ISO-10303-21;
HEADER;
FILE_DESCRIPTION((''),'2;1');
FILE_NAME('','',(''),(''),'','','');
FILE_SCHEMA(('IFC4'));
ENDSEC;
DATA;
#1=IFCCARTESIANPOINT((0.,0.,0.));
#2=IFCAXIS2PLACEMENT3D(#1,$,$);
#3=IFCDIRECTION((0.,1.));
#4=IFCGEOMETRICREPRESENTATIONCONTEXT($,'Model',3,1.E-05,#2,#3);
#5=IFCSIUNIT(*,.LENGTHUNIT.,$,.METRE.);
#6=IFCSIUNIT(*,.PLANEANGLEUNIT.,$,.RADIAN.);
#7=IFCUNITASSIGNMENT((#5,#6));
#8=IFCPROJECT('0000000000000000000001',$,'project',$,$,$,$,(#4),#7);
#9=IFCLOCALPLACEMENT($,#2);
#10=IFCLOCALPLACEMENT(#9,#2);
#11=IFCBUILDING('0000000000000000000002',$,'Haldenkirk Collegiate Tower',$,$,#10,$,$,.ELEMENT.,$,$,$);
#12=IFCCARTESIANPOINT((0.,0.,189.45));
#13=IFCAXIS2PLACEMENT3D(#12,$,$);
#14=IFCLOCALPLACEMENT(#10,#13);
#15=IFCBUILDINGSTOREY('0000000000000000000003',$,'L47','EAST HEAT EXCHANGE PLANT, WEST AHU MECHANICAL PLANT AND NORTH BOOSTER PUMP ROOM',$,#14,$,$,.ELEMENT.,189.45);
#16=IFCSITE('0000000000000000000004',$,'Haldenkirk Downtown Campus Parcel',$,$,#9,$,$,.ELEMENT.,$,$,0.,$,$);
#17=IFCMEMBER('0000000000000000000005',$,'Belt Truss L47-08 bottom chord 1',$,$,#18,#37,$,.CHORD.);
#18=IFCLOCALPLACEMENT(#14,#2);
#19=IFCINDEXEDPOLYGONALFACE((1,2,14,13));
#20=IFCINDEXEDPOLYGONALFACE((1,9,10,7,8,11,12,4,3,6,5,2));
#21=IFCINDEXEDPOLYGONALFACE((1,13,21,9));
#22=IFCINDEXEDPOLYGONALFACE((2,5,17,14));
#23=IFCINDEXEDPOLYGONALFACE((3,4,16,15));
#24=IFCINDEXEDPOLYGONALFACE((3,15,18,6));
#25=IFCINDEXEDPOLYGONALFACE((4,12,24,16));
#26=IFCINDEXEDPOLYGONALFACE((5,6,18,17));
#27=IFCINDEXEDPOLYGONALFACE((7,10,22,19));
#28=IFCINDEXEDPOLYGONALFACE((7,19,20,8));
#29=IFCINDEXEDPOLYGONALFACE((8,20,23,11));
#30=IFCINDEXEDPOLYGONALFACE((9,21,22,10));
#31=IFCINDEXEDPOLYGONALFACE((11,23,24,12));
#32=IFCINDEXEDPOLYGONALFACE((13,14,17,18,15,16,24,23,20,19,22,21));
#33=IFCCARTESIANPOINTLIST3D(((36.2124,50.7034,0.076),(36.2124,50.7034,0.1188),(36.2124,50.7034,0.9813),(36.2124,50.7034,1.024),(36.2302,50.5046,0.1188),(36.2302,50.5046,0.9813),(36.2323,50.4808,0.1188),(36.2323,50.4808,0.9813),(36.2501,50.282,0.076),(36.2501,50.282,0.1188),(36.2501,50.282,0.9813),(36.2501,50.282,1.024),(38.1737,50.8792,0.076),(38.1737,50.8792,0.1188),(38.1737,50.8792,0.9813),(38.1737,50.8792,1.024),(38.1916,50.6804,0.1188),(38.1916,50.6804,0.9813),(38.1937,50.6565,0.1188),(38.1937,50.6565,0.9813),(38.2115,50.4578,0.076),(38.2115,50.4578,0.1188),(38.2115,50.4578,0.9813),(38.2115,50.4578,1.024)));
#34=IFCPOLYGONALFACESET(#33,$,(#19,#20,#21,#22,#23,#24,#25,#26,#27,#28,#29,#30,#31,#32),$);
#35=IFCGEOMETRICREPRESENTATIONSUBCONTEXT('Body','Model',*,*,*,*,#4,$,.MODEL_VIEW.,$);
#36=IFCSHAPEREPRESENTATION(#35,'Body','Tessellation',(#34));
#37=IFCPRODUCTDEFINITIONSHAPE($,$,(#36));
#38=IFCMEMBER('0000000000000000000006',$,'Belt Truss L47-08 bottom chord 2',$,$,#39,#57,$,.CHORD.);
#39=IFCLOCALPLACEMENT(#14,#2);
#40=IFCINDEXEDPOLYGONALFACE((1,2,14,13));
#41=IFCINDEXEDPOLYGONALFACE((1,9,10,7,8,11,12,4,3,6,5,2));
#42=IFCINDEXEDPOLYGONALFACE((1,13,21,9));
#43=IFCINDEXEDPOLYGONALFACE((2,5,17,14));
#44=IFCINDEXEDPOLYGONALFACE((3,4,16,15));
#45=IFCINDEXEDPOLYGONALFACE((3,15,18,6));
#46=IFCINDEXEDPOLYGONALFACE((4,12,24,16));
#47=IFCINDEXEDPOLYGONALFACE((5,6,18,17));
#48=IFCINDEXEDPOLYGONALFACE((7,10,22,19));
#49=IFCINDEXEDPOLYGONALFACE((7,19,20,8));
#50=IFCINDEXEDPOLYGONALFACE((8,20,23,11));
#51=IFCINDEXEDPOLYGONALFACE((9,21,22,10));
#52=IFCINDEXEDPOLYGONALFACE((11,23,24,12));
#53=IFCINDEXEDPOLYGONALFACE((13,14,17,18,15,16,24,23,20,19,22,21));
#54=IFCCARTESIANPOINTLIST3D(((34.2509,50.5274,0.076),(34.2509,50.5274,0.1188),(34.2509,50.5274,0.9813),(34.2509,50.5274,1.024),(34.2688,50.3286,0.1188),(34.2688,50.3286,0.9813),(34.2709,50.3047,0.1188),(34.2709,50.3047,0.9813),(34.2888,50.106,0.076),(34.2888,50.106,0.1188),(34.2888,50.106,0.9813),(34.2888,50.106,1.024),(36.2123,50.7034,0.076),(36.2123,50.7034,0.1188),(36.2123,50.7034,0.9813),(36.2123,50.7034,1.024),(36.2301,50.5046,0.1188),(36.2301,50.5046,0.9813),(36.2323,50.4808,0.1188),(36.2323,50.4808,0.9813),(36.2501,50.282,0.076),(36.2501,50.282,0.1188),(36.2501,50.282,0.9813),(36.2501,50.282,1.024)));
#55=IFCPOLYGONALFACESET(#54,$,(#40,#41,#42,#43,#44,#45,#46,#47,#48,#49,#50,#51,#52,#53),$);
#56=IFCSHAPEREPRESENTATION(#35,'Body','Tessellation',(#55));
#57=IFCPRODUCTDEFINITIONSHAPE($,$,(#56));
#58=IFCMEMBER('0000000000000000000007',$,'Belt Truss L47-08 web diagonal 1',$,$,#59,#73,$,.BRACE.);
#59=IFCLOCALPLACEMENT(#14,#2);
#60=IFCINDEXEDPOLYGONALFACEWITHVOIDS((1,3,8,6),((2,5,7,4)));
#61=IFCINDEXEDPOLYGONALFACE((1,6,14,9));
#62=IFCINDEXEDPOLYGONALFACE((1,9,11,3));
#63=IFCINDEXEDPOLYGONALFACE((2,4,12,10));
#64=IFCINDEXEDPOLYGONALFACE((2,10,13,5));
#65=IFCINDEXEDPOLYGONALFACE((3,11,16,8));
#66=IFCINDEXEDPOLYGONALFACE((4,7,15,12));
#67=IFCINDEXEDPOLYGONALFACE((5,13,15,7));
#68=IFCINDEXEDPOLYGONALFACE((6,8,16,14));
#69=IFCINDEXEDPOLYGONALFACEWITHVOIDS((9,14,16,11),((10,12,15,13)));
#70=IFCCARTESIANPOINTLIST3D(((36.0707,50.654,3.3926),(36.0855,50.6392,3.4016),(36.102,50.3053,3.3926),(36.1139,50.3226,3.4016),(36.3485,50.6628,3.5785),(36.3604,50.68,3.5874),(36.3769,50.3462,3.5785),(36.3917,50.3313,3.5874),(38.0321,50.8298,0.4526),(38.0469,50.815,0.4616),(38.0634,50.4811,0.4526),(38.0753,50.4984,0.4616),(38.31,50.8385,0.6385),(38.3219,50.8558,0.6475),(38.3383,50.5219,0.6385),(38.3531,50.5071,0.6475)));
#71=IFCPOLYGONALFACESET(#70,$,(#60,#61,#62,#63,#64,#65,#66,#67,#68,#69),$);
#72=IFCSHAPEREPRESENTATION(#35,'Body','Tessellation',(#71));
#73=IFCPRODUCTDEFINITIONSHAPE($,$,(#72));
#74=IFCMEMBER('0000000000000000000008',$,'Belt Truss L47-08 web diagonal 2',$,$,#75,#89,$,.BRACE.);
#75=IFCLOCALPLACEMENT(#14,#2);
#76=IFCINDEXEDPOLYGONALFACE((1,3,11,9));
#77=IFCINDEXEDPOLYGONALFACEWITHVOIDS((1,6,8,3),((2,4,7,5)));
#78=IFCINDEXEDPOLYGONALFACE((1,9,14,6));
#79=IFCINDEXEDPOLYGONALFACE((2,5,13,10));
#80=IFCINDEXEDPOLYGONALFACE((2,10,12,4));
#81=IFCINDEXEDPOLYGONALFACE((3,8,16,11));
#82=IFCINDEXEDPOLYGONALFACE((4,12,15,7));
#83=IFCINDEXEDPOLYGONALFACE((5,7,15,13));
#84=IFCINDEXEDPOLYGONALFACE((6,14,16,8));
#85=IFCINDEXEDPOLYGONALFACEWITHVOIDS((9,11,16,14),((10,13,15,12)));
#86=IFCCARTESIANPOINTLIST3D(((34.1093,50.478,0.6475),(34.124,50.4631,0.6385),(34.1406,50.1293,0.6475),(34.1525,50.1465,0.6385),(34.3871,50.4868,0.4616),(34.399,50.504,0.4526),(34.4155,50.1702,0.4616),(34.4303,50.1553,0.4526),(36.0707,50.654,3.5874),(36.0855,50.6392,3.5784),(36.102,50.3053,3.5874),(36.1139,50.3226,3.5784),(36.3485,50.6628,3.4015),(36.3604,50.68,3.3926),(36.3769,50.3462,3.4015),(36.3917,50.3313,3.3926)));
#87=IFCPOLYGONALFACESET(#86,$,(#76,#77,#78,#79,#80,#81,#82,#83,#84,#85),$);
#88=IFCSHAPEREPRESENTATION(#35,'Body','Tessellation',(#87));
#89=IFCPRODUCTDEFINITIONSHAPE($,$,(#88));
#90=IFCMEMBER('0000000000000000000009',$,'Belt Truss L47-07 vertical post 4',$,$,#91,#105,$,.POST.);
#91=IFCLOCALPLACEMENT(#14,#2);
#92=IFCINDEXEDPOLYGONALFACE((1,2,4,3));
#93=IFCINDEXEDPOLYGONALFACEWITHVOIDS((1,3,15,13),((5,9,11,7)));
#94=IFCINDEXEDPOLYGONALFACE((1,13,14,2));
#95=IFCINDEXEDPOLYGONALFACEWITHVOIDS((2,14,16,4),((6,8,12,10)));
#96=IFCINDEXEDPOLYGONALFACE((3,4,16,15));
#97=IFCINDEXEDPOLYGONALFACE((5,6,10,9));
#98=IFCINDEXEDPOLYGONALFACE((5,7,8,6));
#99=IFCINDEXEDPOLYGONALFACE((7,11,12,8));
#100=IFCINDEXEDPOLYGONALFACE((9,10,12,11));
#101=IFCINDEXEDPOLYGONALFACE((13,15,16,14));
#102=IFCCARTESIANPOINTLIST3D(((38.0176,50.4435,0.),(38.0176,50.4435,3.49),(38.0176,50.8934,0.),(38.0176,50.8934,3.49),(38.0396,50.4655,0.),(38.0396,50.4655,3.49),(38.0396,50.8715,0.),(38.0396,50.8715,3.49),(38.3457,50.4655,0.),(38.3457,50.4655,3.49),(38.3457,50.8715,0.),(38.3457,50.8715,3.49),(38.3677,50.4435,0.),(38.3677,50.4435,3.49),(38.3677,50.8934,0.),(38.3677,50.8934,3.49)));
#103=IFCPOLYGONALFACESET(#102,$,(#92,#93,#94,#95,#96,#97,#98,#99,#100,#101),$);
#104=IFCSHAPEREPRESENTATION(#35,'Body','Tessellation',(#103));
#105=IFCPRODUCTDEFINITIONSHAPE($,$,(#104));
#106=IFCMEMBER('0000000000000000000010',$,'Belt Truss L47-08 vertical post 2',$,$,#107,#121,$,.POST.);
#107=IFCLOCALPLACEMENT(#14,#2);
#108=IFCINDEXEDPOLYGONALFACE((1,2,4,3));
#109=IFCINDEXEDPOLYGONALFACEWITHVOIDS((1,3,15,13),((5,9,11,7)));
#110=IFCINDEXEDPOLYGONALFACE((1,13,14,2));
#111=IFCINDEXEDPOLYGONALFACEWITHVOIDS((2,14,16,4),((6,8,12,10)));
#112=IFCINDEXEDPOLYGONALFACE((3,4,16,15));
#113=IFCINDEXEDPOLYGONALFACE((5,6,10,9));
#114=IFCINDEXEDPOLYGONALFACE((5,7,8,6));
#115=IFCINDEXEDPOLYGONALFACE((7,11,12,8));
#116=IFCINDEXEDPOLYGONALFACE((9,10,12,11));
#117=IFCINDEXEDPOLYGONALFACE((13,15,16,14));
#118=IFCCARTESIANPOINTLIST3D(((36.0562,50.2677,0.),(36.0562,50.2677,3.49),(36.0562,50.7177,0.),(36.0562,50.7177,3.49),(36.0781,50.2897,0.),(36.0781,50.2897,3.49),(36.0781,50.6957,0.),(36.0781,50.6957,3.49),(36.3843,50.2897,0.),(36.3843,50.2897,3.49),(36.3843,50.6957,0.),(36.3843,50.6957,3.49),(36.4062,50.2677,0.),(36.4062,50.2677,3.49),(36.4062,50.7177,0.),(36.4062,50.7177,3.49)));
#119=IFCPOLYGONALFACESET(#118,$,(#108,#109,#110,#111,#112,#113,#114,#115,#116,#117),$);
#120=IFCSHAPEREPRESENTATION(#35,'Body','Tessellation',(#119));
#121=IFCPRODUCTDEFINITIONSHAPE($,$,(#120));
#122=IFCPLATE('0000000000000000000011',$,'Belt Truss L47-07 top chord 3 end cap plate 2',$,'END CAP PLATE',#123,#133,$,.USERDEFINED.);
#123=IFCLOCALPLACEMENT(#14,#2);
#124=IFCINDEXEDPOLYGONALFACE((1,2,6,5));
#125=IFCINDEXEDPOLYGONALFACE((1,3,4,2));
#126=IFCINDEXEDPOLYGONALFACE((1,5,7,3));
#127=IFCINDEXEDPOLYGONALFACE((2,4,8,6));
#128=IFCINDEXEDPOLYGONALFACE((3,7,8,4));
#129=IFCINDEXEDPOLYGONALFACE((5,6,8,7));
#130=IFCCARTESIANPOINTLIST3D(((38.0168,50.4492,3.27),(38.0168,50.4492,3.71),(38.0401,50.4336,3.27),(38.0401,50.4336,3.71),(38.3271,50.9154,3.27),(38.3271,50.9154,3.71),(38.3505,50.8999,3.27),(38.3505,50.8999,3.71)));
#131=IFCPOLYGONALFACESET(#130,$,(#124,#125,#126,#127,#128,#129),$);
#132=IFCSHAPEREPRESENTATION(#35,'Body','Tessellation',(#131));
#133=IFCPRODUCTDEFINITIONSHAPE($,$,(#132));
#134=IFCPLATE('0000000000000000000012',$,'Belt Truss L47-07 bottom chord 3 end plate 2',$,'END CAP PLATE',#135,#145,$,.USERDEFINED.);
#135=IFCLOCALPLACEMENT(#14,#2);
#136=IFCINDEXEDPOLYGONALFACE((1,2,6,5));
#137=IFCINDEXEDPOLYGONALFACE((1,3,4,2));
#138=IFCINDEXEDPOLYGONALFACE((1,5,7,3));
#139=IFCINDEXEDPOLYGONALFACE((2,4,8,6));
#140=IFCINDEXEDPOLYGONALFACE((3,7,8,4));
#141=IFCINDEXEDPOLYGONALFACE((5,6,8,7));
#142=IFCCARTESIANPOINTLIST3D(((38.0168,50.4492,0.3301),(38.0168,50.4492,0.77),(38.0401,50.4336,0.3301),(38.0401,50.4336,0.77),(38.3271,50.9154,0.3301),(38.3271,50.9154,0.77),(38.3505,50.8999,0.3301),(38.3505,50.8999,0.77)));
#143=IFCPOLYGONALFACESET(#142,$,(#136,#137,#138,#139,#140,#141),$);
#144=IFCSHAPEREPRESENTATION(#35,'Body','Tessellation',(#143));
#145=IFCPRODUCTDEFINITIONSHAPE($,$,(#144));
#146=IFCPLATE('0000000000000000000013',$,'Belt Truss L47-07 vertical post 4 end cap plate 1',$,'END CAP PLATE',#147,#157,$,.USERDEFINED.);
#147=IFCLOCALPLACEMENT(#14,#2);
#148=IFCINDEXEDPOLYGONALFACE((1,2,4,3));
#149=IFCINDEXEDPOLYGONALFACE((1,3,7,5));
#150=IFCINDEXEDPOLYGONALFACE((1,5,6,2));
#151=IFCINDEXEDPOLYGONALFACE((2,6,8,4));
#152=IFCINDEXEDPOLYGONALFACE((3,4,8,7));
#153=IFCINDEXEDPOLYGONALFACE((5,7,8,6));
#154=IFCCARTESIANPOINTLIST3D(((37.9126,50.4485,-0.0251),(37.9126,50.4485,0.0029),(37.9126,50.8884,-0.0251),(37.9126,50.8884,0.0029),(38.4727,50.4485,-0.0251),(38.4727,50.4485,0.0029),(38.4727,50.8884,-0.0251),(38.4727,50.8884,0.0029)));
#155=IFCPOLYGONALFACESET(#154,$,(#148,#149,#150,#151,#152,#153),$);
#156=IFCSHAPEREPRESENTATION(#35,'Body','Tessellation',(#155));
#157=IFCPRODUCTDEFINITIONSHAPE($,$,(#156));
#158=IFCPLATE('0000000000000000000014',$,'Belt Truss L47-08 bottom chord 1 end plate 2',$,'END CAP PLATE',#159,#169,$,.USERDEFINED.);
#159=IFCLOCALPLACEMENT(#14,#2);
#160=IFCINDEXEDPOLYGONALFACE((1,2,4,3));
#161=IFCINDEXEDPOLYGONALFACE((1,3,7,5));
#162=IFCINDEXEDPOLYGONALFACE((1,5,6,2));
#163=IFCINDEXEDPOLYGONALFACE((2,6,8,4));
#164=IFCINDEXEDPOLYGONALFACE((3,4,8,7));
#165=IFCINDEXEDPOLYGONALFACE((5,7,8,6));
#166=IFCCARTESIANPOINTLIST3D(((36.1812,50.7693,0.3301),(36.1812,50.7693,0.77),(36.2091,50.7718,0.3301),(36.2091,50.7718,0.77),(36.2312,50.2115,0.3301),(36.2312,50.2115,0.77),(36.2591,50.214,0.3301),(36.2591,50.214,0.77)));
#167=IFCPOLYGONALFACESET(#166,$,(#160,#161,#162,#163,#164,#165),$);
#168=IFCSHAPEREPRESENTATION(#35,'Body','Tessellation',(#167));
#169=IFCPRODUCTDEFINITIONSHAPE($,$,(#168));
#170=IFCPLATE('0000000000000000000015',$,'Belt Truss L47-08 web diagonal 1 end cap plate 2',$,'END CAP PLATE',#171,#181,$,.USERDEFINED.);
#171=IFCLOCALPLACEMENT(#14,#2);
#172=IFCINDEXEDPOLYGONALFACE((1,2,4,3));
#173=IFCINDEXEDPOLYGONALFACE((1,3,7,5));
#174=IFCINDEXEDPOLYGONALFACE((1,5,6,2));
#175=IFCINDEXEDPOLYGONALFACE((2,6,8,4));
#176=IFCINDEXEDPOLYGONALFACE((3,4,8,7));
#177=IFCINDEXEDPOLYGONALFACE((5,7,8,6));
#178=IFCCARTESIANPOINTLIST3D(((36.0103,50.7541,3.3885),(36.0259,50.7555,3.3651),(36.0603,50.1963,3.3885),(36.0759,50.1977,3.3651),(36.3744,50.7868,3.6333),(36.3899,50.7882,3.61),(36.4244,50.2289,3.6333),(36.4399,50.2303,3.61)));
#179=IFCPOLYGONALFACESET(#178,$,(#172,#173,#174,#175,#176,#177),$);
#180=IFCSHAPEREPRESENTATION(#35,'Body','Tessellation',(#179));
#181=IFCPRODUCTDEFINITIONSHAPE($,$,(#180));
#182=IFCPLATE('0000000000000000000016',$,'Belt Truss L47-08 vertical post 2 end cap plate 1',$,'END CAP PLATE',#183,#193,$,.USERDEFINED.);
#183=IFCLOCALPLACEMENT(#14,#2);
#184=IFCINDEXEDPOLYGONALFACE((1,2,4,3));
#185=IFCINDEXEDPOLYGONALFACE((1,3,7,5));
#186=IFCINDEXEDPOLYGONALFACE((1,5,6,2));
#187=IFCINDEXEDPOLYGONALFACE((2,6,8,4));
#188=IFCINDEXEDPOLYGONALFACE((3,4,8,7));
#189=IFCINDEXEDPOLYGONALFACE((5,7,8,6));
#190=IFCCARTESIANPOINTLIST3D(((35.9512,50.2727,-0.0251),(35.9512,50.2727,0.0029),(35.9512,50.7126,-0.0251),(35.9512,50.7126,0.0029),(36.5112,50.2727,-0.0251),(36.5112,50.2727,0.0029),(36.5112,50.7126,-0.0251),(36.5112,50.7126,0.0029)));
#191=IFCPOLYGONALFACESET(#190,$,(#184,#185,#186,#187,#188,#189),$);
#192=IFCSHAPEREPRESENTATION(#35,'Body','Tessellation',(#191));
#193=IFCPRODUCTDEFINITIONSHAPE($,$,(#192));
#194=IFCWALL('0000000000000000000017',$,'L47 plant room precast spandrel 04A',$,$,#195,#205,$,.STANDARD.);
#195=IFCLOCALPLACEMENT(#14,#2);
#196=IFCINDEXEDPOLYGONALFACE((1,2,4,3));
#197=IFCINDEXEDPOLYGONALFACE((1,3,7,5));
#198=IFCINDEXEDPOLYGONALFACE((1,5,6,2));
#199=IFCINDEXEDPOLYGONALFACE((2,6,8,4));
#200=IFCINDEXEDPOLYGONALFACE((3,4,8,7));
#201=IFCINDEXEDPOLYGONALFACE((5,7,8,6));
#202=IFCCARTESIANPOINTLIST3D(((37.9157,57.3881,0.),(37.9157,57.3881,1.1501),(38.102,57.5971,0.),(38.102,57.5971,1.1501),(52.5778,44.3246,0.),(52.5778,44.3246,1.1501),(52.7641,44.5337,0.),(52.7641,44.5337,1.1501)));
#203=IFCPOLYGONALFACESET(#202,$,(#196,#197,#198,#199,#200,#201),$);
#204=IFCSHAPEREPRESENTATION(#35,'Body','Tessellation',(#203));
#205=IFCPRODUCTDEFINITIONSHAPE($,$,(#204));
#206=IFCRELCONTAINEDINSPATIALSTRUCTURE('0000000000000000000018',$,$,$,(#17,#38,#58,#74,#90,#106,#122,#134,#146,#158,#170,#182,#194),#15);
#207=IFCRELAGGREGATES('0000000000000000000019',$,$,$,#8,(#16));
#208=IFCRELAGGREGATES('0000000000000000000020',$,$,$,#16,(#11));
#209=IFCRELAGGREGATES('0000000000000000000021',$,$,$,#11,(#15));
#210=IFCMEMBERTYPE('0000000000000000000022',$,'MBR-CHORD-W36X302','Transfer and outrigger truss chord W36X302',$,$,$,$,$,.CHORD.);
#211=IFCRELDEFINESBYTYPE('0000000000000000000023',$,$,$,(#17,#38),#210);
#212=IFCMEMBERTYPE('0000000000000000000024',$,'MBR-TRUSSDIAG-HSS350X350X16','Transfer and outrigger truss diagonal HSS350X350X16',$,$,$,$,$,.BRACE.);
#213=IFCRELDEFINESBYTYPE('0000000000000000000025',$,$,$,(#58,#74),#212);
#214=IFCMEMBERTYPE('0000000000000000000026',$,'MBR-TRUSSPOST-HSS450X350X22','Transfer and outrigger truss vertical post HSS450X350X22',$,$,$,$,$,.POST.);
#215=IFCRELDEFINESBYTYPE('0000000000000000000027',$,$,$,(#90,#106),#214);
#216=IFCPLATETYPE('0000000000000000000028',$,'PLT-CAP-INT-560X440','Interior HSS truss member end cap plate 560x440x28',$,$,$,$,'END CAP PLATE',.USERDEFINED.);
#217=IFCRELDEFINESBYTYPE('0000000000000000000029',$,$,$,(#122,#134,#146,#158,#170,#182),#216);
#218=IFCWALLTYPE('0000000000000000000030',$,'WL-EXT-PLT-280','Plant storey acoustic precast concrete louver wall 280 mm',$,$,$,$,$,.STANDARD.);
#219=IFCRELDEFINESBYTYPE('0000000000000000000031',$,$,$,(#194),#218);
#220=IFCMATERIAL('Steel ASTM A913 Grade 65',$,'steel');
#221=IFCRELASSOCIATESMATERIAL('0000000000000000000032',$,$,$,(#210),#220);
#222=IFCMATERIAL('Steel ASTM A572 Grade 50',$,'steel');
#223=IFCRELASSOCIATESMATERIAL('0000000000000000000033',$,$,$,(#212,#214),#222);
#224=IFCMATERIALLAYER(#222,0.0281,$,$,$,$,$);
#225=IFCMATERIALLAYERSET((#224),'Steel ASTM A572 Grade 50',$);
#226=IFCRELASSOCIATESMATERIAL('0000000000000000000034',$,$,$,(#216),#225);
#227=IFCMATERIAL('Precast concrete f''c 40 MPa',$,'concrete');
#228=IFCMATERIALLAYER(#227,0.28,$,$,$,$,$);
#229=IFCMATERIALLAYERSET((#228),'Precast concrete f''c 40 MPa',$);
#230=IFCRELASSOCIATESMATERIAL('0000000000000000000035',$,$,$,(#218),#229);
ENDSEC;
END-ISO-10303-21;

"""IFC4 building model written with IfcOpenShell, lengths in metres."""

from ifc_helpers import new_model, si_unit, direction, frame, frame_2d, origin, origin_2d, place, context, subcontext, project, spatial, rectangle, hollow_rectangle, i_section, extrude, source, transform, mapped, material, layer, layer_set, material_profile, profile_set, type_object, element, save


model = new_model("IFC4")

# Units and contexts
model_context = context("Model", 3, precision=1e-05, world=origin(), true_north=direction((0.0, 1.0)))
body_context = subcontext(model_context, "Body", "Model", "MODEL_VIEW")
ifc_project = project(units=[si_unit("LENGTHUNIT", "METRE"), si_unit("PLANEANGLEUNIT", "RADIAN")], contexts=[model_context])

# Site, building, storey
site_placement = place(None, origin())
site = spatial("IfcSite", under=ifc_project, at=site_placement, Name="Haldenkirk Downtown Campus Parcel", CompositionType="ELEMENT", RefElevation=0.0)
building_placement = place(site_placement, origin())
building = spatial("IfcBuilding", under=site, at=building_placement, Name="Haldenkirk Collegiate Tower", CompositionType="ELEMENT")
storey_placement = place(building_placement, frame((0.0, 0.0, 189.45)))
storey = spatial("IfcBuildingStorey", under=building, at=storey_placement, Name="L47", Description="EAST HEAT EXCHANGE PLANT, WEST AHU MECHANICAL PLANT AND NORTH BOOSTER PUMP ROOM", CompositionType="ELEMENT", Elevation=189.45)

# Shared definitions
ifc_material_1 = material(Name="Steel ASTM A913 Grade 65", Category="steel")
ifc_material_2 = material(Name="Steel ASTM A572 Grade 50", Category="steel")

# Members
ifc_material_profile_1 = material_profile(ifc_material_1, i_section(OverallWidth=0.4231, OverallDepth=0.948, WebThickness=0.0239, FlangeThickness=0.0427, at=origin_2d()), Name="W36X302")
ifc_profile_set_1 = profile_set([ifc_material_profile_1], Name="Steel ASTM A913 Grade 65")
member_type_1 = type_object("IfcMemberType", Name="MBR-CHORD-W36X302", Description="Transfer and outrigger truss chord W36X302", PredefinedType="CHORD", material=ifc_profile_set_1)
for number, where, z_axis, x_axis, name in (
    (1, (38.1926, 50.6685, 0.55), (-0.996008, -0.089261, 0.0), (0.089261, -0.996008, 0.0), "Belt Truss L47-08 bottom chord 1"),
    (2, (36.2312, 50.4927, 0.55), (-0.995997, -0.089384, 0.0), (0.089384, -0.995997, 0.0), "Belt Truss L47-08 bottom chord 2"),
):
    element("IfcMember", number, at=place(storey_placement, frame(where, z_axis=z_axis, x_axis=x_axis)), inside=storey, type_object=member_type_1, Name=name, PredefinedType="CHORD", context=body_context, shape_type="SweptSolid", body=[
        extrude(i_section(OverallWidth=0.4231, OverallDepth=0.948, WebThickness=0.0239, FlangeThickness=0.0427, at=origin_2d()), origin(), (0.0, 0.0, 1.0), 1.9692),
    ])
ifc_material_profile_2 = material_profile(ifc_material_2, hollow_rectangle(XDim=0.3501, YDim=0.3501, WallThickness=0.0161, at=origin_2d()), Name="HSS350X350X16")
ifc_profile_set_2 = profile_set([ifc_material_profile_2], Name="Steel ASTM A572 Grade 50")
member_type_2 = type_object("IfcMemberType", Name="MBR-TRUSSDIAG-HSS350X350X16", Description="Transfer and outrigger truss diagonal HSS350X350X16", PredefinedType="BRACE", material=ifc_profile_set_2)
for number, where, z_axis, x_axis, name in (
    (3, (38.1926, 50.6685, 0.55), (-0.554302, -0.049676, 0.830832), (0.089261, -0.996008, 0.0), "Belt Truss L47-08 web diagonal 1"),
    (4, (36.2312, 50.4927, 3.49), (-0.5543, -0.049745, -0.830829), (0.089384, -0.995997, 0.0), "Belt Truss L47-08 web diagonal 2"),
):
    element("IfcMember", number, at=place(storey_placement, frame(where, z_axis=z_axis, x_axis=x_axis)), inside=storey, type_object=member_type_2, Name=name, PredefinedType="BRACE", context=body_context, shape_type="SweptSolid", body=[
        extrude(hollow_rectangle(XDim=0.3501, YDim=0.3501, WallThickness=0.0161, at=origin_2d()), origin(), (0.0, 0.0, 1.0), 3.5386),
    ])
ifc_material_profile_3 = material_profile(ifc_material_2, hollow_rectangle(XDim=0.3501, YDim=0.45, WallThickness=0.022, at=origin_2d()), Name="HSS450X350X22")
ifc_profile_set_3 = profile_set([ifc_material_profile_3], Name="Steel ASTM A572 Grade 50")
member_type_3 = type_object("IfcMemberType", Name="MBR-TRUSSPOST-HSS450X350X22", Description="Transfer and outrigger truss vertical post HSS450X350X22", PredefinedType="POST", material=ifc_profile_set_3)
for number, where, z_axis, x_axis, name in (
    (5, (38.1926, 50.6685, 0.0), (0.0, 0.0, 1.0), (1.0, 0.0, 0.0), "Belt Truss L47-07 vertical post 4"),
    (6, (36.2312, 50.4927, 0.0), (0.0, 0.0, 1.0), (1.0, 0.0, 0.0), "Belt Truss L47-08 vertical post 2"),
):
    element("IfcMember", number, at=place(storey_placement, frame(where, z_axis=z_axis, x_axis=x_axis)), inside=storey, type_object=member_type_3, Name=name, PredefinedType="POST", context=body_context, shape_type="SweptSolid", body=[
        extrude(hollow_rectangle(XDim=0.3501, YDim=0.45, WallThickness=0.022, at=origin_2d()), origin(), (0.0, 0.0, 1.0), 3.49),
    ])

# Plates
ifc_layer_1 = layer(ifc_material_2, 0.0281)
ifc_layer_set_1 = layer_set([ifc_layer_1], Name="Steel ASTM A572 Grade 50")
plate_type = type_object("IfcPlateType", Name="PLT-CAP-INT-560X440", Description="Interior HSS truss member end cap plate 560x440x28", ElementType="END CAP PLATE", PredefinedType="USERDEFINED", material=ifc_layer_set_1)
shared_shape_1 = source(origin(), body_context, "Body", "SweptSolid", [
    extrude(rectangle(XDim=0.5601, YDim=0.4399, at=origin_2d()), origin(), (0.0, 0.0, 1.0), 0.0281),
])
for number, where, z_axis, x_axis, name in (
    (7, (38.1953, 50.6667, 3.49), (-0.83244, 0.554116, 0.0), (-0.554116, -0.83244, 0.0), "Belt Truss L47-07 top chord 3 end cap plate 2"),
    (8, (38.1953, 50.6667, 0.55), (-0.832437, 0.554119, 0.0), (-0.554119, -0.832437, 0.0), "Belt Truss L47-07 bottom chord 3 end plate 2"),
    (9, (38.1926, 50.6685, 0.0029), (0.0, 0.0, -1.0), (1.0, 0.0, 0.0), "Belt Truss L47-07 vertical post 4 end cap plate 1"),
    (10, (36.2341, 50.4929, 0.55), (-0.996003, -0.089318, 0.0), (0.089318, -0.996003, 0.0), "Belt Truss L47-08 bottom chord 1 end plate 2"),
    (11, (36.2329, 50.4929, 3.4875), (-0.554308, -0.049708, 0.830826), (0.089318, -0.996003, 0.0), "Belt Truss L47-08 web diagonal 1 end cap plate 2"),
    (12, (36.2312, 50.4927, 0.0029), (0.0, 0.0, -1.0), (1.0, 0.0, 0.0), "Belt Truss L47-08 vertical post 2 end cap plate 1"),
):
    element("IfcPlate", number, at=place(storey_placement, frame(where, z_axis=z_axis, x_axis=x_axis)), inside=storey, type_object=plate_type, Name=name, ObjectType="END CAP PLATE", PredefinedType="USERDEFINED", context=body_context, shape_type="MappedRepresentation", body=[
        mapped(shared_shape_1, transform((0.0, 0.0, 0.0), x_axis=(1.0, 0.0, 0.0), y_axis=(0.0, 1.0, 0.0), z_axis=(0.0, 0.0, 1.0), scale=1.0)),
    ])

# Wall
ifc_material_3 = material(Name="Precast concrete f'c 40 MPa", Category="concrete")
ifc_layer_2 = layer(ifc_material_3, 0.28)
ifc_layer_set_2 = layer_set([ifc_layer_2], Name="Precast concrete f'c 40 MPa")
wall_type = type_object("IfcWallType", Name="WL-EXT-PLT-280", Description="Plant storey acoustic precast concrete louver wall 280 mm", PredefinedType="STANDARD", material=ifc_layer_set_2)
wall_placement = place(storey_placement, frame((38.0088, 57.4927, 0.0), z_axis=(0.0, 0.0, 1.0), x_axis=(0.746638, -0.665231, 0.0)))
element("IfcWall", 13, at=wall_placement, inside=storey, type_object=wall_type, Name="L47 plant room precast spandrel 04A", PredefinedType="STANDARD", context=body_context, shape_type="SweptSolid", body=[
    extrude(rectangle(XDim=19.6375, YDim=0.28, at=frame_2d((9.8188, 0.0))), origin(), (0.0, 0.0, 1.0), 1.1501),
])

save(model, "model.ifc")
